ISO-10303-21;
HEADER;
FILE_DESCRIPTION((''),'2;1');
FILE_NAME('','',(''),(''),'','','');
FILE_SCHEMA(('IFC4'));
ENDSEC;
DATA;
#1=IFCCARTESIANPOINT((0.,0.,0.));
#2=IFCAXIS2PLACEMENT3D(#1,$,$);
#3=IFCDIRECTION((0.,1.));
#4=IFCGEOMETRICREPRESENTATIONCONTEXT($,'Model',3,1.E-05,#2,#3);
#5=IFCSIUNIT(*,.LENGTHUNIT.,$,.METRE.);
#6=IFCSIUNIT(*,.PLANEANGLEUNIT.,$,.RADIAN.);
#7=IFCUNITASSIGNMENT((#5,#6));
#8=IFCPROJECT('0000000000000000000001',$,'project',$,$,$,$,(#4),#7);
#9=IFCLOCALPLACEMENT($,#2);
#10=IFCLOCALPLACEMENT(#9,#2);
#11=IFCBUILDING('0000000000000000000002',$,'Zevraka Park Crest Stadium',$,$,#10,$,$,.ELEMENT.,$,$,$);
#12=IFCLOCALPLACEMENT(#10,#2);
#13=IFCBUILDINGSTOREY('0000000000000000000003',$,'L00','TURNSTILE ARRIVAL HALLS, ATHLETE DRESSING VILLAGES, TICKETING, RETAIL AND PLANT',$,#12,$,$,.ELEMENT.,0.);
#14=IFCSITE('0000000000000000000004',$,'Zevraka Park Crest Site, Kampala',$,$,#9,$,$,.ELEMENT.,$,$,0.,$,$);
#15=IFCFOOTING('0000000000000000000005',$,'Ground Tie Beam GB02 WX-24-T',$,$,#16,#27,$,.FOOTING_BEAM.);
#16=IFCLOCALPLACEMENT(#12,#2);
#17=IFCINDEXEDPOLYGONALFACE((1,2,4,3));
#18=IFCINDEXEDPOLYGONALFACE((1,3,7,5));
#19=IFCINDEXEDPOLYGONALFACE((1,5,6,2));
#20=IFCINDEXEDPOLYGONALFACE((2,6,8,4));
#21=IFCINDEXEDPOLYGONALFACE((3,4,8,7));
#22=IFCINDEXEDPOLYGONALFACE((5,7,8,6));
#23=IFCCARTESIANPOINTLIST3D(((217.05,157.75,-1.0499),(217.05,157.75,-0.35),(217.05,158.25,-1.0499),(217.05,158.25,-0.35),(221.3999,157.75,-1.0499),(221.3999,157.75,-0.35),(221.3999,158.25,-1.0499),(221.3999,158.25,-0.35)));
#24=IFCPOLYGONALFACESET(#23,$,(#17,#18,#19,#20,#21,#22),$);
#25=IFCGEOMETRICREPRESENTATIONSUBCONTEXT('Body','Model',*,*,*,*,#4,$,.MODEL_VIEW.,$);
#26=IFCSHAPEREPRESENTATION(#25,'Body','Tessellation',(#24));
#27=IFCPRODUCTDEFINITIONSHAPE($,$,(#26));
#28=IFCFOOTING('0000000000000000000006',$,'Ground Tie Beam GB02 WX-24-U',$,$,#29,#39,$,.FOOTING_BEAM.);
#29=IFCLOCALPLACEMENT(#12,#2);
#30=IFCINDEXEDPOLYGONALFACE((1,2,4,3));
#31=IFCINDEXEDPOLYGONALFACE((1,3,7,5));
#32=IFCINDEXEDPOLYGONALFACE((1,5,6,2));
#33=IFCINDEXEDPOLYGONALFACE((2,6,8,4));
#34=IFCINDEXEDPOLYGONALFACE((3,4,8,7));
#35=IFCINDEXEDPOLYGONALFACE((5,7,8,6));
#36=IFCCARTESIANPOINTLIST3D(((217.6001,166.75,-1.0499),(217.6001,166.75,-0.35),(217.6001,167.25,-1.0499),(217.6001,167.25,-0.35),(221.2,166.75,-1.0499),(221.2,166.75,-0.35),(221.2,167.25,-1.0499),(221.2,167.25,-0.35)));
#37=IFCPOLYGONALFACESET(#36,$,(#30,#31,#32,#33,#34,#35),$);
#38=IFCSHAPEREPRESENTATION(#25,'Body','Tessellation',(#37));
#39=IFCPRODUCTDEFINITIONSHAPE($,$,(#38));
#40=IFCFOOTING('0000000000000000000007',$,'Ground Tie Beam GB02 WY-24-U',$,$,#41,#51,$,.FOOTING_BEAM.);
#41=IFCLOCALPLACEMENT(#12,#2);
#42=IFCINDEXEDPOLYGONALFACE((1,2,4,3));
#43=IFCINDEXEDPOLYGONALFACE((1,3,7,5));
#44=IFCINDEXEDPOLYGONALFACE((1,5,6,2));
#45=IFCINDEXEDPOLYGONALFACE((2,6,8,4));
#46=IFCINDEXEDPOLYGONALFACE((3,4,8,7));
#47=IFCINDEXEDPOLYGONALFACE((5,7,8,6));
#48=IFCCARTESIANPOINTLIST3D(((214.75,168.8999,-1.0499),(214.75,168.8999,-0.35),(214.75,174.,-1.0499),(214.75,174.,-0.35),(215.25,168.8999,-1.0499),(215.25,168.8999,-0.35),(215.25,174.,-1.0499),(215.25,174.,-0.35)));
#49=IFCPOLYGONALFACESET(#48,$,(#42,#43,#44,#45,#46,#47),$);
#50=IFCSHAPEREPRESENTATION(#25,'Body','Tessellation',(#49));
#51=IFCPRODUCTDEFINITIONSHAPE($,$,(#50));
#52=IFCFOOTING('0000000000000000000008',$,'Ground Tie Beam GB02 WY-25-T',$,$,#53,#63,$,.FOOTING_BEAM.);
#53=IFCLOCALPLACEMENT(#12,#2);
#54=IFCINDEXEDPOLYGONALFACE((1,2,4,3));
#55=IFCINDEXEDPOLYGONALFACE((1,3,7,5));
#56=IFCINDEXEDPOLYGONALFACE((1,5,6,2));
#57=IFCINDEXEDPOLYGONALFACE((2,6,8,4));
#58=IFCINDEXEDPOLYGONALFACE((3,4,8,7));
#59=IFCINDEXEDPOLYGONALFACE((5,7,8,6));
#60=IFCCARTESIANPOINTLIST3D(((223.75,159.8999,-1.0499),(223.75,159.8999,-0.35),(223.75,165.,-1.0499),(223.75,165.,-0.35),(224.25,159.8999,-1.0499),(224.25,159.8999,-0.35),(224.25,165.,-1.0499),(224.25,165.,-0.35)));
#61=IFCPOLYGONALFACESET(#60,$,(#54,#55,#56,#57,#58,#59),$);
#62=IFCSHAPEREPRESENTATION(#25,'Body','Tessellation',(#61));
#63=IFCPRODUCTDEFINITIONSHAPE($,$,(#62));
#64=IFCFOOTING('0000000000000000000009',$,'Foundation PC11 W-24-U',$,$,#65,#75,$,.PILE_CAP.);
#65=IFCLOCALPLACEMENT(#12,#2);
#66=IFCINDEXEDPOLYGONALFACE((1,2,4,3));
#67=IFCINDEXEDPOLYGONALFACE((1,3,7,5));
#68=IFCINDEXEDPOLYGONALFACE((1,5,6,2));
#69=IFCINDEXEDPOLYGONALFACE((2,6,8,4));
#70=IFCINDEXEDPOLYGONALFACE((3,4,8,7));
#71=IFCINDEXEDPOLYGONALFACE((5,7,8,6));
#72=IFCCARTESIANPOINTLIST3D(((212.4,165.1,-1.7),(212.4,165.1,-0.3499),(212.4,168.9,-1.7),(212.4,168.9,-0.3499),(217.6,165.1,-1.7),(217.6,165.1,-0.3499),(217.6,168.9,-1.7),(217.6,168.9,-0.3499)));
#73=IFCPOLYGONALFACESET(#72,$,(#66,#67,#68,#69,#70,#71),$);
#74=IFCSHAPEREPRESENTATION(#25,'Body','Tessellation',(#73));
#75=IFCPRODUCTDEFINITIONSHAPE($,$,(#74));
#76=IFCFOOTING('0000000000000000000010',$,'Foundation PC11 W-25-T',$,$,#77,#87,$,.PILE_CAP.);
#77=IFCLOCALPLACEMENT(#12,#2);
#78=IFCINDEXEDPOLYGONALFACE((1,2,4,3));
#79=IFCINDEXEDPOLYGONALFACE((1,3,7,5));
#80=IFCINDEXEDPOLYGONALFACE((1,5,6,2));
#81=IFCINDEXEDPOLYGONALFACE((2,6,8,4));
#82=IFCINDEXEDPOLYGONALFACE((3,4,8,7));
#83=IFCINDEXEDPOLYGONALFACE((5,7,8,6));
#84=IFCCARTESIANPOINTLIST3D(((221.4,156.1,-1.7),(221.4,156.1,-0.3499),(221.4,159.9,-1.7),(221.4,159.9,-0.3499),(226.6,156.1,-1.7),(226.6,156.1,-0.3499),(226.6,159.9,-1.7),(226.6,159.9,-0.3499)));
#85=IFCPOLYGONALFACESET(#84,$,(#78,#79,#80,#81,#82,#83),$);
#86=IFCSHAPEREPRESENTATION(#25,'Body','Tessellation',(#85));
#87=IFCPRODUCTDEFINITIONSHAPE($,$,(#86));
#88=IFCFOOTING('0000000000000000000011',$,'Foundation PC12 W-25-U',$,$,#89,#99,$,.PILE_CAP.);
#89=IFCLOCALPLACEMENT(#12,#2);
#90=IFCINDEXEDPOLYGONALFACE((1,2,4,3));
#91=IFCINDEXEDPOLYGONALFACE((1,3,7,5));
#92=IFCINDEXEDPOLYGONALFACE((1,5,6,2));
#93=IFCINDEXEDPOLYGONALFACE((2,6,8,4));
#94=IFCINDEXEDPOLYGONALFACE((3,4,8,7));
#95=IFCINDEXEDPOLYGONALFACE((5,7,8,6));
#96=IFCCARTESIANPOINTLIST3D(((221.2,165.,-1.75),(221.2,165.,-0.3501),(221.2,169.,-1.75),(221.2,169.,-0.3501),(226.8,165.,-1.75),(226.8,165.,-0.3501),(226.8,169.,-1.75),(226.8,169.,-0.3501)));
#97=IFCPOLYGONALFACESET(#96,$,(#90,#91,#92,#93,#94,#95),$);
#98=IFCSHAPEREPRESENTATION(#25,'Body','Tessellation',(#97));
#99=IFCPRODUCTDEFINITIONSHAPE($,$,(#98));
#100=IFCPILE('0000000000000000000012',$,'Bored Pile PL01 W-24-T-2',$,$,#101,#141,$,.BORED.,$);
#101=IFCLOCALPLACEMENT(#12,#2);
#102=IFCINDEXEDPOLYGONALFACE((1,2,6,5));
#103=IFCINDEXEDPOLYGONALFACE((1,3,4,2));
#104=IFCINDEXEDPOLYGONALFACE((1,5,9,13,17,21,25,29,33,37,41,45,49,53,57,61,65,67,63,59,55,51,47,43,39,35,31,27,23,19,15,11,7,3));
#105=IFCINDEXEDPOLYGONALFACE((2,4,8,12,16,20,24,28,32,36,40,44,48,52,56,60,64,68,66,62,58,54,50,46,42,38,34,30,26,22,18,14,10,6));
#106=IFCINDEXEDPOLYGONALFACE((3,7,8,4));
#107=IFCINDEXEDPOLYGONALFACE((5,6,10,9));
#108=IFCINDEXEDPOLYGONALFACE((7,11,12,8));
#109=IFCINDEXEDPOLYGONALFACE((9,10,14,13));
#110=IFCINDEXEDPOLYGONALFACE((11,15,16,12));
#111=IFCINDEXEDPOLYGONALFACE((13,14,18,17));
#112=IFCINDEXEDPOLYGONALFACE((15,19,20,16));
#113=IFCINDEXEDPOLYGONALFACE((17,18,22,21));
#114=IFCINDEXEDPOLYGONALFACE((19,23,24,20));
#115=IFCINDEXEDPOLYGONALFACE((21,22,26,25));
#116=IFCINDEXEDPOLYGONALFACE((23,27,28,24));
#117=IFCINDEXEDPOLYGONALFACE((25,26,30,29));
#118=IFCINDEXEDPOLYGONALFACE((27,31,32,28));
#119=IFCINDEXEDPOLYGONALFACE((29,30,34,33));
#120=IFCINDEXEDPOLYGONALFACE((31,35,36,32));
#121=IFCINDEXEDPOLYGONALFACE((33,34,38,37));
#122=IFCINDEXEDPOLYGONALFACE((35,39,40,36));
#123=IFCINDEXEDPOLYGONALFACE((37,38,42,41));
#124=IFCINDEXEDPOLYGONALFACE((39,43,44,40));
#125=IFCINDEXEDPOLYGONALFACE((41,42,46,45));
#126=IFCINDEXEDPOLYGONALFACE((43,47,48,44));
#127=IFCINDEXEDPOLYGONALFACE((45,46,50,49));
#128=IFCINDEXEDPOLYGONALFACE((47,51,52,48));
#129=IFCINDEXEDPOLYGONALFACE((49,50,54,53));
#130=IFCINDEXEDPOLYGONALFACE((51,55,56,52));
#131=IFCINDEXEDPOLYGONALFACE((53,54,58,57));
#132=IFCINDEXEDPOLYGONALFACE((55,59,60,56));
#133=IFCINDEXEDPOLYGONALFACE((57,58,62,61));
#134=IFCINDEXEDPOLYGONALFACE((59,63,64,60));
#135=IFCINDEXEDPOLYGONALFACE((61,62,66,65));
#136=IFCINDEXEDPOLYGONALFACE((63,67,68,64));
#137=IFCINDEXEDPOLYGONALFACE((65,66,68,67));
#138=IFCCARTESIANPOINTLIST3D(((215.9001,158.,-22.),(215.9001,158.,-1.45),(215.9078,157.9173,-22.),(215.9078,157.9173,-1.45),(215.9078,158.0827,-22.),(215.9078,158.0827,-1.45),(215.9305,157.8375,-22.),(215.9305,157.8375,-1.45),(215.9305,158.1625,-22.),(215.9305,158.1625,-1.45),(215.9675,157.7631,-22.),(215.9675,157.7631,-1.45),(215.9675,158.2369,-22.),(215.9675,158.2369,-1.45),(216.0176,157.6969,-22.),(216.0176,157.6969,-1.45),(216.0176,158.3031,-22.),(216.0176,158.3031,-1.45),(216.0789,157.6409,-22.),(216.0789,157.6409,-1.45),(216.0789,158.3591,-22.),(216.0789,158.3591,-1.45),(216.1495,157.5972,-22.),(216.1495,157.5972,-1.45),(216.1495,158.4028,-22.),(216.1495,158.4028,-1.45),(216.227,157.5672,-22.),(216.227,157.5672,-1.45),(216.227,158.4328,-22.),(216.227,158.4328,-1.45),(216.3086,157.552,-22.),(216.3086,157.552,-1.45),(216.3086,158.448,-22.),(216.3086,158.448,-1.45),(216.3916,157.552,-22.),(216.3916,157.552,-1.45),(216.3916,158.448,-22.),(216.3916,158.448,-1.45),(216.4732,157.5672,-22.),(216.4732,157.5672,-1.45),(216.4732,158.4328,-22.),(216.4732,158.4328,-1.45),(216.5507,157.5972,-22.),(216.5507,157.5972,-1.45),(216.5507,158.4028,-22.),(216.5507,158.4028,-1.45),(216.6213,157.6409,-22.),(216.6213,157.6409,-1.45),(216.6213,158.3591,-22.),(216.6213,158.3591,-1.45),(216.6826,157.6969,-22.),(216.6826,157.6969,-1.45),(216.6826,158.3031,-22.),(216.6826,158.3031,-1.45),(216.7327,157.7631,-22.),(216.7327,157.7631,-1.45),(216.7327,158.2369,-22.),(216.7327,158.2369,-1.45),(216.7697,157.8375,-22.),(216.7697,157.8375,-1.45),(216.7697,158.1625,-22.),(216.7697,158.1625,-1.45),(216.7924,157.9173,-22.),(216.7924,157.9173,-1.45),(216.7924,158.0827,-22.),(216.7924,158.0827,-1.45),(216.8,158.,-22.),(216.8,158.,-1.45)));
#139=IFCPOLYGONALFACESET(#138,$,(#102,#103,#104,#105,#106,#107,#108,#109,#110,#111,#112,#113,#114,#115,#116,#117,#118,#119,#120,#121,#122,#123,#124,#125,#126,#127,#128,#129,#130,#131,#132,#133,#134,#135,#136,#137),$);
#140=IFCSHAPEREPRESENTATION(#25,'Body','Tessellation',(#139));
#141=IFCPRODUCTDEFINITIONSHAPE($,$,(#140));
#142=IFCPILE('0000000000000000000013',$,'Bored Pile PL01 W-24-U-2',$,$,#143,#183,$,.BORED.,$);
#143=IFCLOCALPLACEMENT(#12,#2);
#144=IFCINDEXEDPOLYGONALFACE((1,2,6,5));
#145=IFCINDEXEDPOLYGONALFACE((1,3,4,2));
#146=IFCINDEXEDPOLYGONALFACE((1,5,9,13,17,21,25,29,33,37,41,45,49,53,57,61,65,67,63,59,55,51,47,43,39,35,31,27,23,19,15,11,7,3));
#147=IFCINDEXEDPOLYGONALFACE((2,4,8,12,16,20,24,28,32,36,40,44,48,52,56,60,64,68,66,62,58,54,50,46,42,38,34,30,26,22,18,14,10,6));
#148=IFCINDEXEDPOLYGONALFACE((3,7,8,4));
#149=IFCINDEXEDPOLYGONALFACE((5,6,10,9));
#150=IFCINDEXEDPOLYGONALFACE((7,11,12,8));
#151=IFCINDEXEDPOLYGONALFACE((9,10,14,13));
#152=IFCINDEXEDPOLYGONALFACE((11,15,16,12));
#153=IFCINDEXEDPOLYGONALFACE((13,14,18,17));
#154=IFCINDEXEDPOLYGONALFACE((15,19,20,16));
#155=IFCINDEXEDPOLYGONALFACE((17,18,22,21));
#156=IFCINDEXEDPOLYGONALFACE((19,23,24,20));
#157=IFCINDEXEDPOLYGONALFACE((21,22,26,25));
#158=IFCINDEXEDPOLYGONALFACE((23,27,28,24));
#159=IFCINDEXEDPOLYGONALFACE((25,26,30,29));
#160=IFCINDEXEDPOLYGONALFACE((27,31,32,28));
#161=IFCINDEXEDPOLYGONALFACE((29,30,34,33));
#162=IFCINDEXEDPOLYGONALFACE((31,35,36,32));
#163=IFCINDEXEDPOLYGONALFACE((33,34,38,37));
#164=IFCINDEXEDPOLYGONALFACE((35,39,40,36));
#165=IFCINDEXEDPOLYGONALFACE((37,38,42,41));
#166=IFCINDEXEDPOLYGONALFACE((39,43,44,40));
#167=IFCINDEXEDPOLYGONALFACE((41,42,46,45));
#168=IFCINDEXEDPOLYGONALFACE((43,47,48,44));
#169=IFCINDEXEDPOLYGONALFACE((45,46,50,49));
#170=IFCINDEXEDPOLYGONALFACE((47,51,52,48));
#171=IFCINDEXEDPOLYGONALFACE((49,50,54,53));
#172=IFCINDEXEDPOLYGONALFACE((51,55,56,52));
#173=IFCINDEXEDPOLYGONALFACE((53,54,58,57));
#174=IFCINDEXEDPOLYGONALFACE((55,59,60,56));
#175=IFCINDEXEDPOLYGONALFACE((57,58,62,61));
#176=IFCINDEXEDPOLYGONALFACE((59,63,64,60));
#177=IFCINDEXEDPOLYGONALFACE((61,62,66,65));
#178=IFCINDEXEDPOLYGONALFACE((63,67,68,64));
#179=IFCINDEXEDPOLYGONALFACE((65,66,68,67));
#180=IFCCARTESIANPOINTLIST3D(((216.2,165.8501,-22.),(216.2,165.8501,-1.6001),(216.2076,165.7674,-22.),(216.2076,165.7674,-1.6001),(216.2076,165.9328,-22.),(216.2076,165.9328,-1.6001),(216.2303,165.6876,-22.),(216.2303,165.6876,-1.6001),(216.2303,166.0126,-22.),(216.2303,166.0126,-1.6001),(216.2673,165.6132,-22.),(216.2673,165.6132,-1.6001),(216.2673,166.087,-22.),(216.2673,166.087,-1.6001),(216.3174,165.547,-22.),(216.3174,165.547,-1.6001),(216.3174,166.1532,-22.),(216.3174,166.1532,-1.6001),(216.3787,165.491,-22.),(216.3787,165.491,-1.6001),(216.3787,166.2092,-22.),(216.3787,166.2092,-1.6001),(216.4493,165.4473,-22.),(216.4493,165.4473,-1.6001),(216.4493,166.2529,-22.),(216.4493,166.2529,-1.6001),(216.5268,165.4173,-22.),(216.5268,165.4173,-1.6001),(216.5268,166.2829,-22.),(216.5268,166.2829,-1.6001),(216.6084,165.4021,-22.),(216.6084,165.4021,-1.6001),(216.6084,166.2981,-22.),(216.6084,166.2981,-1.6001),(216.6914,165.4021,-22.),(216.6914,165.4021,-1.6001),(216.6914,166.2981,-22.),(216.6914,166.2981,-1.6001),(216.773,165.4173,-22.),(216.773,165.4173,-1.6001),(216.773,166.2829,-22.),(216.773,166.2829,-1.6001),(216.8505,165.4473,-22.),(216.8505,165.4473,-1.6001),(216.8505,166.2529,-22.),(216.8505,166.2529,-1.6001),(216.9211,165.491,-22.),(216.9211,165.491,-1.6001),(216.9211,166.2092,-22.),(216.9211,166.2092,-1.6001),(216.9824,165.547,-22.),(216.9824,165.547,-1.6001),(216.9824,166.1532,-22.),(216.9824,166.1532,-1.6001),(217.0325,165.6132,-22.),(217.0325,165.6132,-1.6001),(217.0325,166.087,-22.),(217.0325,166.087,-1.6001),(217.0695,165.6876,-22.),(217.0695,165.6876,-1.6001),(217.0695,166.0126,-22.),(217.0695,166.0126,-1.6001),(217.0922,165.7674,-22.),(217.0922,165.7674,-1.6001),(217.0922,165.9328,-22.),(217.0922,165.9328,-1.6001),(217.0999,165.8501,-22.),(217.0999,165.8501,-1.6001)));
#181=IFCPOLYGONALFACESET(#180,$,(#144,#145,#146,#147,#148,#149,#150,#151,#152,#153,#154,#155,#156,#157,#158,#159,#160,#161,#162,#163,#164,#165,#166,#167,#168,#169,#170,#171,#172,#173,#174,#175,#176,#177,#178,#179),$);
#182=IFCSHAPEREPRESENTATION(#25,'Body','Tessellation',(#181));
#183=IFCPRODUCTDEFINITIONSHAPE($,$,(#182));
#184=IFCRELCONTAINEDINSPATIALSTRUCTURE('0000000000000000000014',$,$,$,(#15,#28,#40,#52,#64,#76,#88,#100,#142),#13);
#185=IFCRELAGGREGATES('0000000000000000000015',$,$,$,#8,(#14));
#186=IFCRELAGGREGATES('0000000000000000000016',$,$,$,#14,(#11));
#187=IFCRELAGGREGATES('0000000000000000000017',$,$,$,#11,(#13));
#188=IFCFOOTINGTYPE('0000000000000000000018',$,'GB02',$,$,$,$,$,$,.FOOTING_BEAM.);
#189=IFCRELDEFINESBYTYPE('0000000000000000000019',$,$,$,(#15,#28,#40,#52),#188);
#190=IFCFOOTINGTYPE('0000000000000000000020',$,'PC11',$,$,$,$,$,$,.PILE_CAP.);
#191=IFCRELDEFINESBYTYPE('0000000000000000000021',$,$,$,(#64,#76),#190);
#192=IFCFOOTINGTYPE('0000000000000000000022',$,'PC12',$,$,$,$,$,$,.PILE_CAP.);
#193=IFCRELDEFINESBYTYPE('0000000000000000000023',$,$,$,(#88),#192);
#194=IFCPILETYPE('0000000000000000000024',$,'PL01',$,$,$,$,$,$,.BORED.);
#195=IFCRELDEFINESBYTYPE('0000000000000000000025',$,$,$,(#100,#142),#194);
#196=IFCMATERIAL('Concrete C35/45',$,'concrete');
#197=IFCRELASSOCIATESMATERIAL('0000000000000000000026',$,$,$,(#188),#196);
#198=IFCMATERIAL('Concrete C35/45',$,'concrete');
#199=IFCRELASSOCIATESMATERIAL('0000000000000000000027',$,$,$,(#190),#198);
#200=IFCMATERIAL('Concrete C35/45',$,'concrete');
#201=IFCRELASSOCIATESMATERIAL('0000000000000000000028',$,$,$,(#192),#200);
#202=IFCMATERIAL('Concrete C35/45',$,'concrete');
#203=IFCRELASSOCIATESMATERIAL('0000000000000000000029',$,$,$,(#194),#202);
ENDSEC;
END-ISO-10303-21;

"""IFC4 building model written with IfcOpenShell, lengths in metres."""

from ifc_helpers import new_model, si_unit, direction, frame, origin, origin_2d, place, context, subcontext, project, spatial, rectangle, circle, extrude, material, material_profile, profile_set, type_object, element, save


model = new_model("IFC4")

# Units and contexts
model_context = context("Model", 3, precision=1e-05, world=origin(), true_north=direction((0.0, 1.0)))
body_context = subcontext(model_context, "Body", "Model", "MODEL_VIEW")
ifc_project = project(units=[si_unit("LENGTHUNIT", "METRE"), si_unit("PLANEANGLEUNIT", "RADIAN")], contexts=[model_context])

# Site, building, storey
site_placement = place(None, origin())
site = spatial("IfcSite", under=ifc_project, at=site_placement, Name="Zevraka Park Crest Site, Kampala", CompositionType="ELEMENT", RefElevation=0.0)
building_placement = place(site_placement, origin())
building = spatial("IfcBuilding", under=site, at=building_placement, Name="Zevraka Park Crest Stadium", CompositionType="ELEMENT")
storey_placement = place(building_placement, origin())
storey = spatial("IfcBuildingStorey", under=building, at=storey_placement, Name="L00", Description="TURNSTILE ARRIVAL HALLS, ATHLETE DRESSING VILLAGES, TICKETING, RETAIL AND PLANT", CompositionType="ELEMENT", Elevation=0.0)

# Footings
ifc_material_1 = material(Name="Concrete C35/45", Category="concrete")
ifc_material_profile_1 = material_profile(ifc_material_1, rectangle(XDim=0.5, YDim=0.7, at=origin_2d()), Name="GB 700x500")
ifc_profile_set_1 = profile_set([ifc_material_profile_1], Name="Concrete C35/45")
footing_type_1 = type_object("IfcFootingType", Name="GB02", PredefinedType="FOOTING_BEAM", material=ifc_profile_set_1)
footing_1_placement = place(storey_placement, frame((217.05, 158.0, -0.7), z_axis=(1.0, 0.0, 0.0), x_axis=(0.0, 1.0, 0.0)))
element("IfcFooting", 1, at=footing_1_placement, inside=storey, type_object=footing_type_1, Name="Ground Tie Beam GB02 WX-24-T", PredefinedType="FOOTING_BEAM", context=body_context, shape_type="SweptSolid", body=[
    extrude(rectangle(XDim=0.5, YDim=0.7, at=origin_2d()), origin(), (0.0, 0.0, 1.0), 4.3499),
])
footing_2_placement = place(storey_placement, frame((217.6001, 167.0, -0.7), z_axis=(1.0, 0.0, 0.0), x_axis=(0.0, 1.0, 0.0)))
element("IfcFooting", 2, at=footing_2_placement, inside=storey, type_object=footing_type_1, Name="Ground Tie Beam GB02 WX-24-U", PredefinedType="FOOTING_BEAM", context=body_context, shape_type="SweptSolid", body=[
    extrude(rectangle(XDim=0.5, YDim=0.7, at=origin_2d()), origin(), (0.0, 0.0, 1.0), 3.5999),
])
for number, where, z_axis, x_axis, name in (
    (3, (215.0, 168.8999, -0.7), (0.0, 1.0, 0.0), (-1.0, 0.0, 0.0), "Ground Tie Beam GB02 WY-24-U"),
    (4, (224.0, 159.8999, -0.7), (0.0, 1.0, 0.0), (-1.0, 0.0, 0.0), "Ground Tie Beam GB02 WY-25-T"),
):
    element("IfcFooting", number, at=place(storey_placement, frame(where, z_axis=z_axis, x_axis=x_axis)), inside=storey, type_object=footing_type_1, Name=name, PredefinedType="FOOTING_BEAM", context=body_context, shape_type="SweptSolid", body=[
        extrude(rectangle(XDim=0.5, YDim=0.7, at=origin_2d()), origin(), (0.0, 0.0, 1.0), 5.1001),
    ])
ifc_material_2 = material(Name="Concrete C35/45", Category="concrete")
footing_type_2 = type_object("IfcFootingType", Name="PC11", PredefinedType="PILE_CAP", material=ifc_material_2)
for number, where, z_axis, x_axis, name in (
    (5, (215.0, 167.0, -1.7), (0.0, 0.0, 1.0), (1.0, 0.0, 0.0), "Foundation PC11 W-24-U"),
    (6, (224.0, 158.0, -1.7), (0.0, 0.0, 1.0), (1.0, 0.0, 0.0), "Foundation PC11 W-25-T"),
):
    element("IfcFooting", number, at=place(storey_placement, frame(where, z_axis=z_axis, x_axis=x_axis)), inside=storey, type_object=footing_type_2, Name=name, PredefinedType="PILE_CAP", context=body_context, shape_type="SweptSolid", body=[
        extrude(rectangle(XDim=5.2, YDim=3.8, at=origin_2d()), origin(), (0.0, 0.0, 1.0), 1.3501),
    ])
ifc_material_3 = material(Name="Concrete C35/45", Category="concrete")
footing_type_3 = type_object("IfcFootingType", Name="PC12", PredefinedType="PILE_CAP", material=ifc_material_3)
footing_3_placement = place(storey_placement, frame((224.0, 167.0, -1.75), z_axis=(0.0, 0.0, 1.0), x_axis=(1.0, 0.0, 0.0)))
element("IfcFooting", 7, at=footing_3_placement, inside=storey, type_object=footing_type_3, Name="Foundation PC12 W-25-U", PredefinedType="PILE_CAP", context=body_context, shape_type="SweptSolid", body=[
    extrude(rectangle(XDim=5.6001, YDim=4.0, at=origin_2d()), origin(), (0.0, 0.0, 1.0), 1.3999),
])

# Piles
ifc_material_4 = material(Name="Concrete C35/45", Category="concrete")
ifc_material_profile_2 = material_profile(ifc_material_4, circle(Radius=0.45, at=origin_2d()), Name="PILE D900")
ifc_profile_set_2 = profile_set([ifc_material_profile_2], Name="Concrete C35/45")
pile_type_1 = type_object("IfcPileType", Name="PL01", PredefinedType="BORED", material=ifc_profile_set_2)
pile_placement = place(storey_placement, frame((216.3501, 158.0, -1.45), z_axis=(0.0, 0.0, -1.0), x_axis=(1.0, 0.0, 0.0)))
element("IfcPile", 8, at=pile_placement, inside=storey, type_object=pile_type_1, Name="Bored Pile PL01 W-24-T-2", PredefinedType="BORED", context=body_context, shape_type="SweptSolid", body=[
    extrude(circle(Radius=0.45, at=origin_2d()), origin(), (0.0, 0.0, 1.0), 20.55),
])
for number, where, z_axis, x_axis, name in (
    (9, (216.6499, 165.8501, -1.6001), (0.0, 0.0, -1.0), (1.0, 0.0, 0.0), "Bored Pile PL01 W-24-U-2"),
):
    element("IfcPile", number, at=place(storey_placement, frame(where, z_axis=z_axis, x_axis=x_axis)), inside=storey, type_object=pile_type_1, Name=name, PredefinedType="BORED", context=body_context, shape_type="SweptSolid", body=[
        extrude(circle(Radius=0.45, at=origin_2d()), origin(), (0.0, 0.0, 1.0), 20.3999),
    ])

save(model, "model.ifc")
